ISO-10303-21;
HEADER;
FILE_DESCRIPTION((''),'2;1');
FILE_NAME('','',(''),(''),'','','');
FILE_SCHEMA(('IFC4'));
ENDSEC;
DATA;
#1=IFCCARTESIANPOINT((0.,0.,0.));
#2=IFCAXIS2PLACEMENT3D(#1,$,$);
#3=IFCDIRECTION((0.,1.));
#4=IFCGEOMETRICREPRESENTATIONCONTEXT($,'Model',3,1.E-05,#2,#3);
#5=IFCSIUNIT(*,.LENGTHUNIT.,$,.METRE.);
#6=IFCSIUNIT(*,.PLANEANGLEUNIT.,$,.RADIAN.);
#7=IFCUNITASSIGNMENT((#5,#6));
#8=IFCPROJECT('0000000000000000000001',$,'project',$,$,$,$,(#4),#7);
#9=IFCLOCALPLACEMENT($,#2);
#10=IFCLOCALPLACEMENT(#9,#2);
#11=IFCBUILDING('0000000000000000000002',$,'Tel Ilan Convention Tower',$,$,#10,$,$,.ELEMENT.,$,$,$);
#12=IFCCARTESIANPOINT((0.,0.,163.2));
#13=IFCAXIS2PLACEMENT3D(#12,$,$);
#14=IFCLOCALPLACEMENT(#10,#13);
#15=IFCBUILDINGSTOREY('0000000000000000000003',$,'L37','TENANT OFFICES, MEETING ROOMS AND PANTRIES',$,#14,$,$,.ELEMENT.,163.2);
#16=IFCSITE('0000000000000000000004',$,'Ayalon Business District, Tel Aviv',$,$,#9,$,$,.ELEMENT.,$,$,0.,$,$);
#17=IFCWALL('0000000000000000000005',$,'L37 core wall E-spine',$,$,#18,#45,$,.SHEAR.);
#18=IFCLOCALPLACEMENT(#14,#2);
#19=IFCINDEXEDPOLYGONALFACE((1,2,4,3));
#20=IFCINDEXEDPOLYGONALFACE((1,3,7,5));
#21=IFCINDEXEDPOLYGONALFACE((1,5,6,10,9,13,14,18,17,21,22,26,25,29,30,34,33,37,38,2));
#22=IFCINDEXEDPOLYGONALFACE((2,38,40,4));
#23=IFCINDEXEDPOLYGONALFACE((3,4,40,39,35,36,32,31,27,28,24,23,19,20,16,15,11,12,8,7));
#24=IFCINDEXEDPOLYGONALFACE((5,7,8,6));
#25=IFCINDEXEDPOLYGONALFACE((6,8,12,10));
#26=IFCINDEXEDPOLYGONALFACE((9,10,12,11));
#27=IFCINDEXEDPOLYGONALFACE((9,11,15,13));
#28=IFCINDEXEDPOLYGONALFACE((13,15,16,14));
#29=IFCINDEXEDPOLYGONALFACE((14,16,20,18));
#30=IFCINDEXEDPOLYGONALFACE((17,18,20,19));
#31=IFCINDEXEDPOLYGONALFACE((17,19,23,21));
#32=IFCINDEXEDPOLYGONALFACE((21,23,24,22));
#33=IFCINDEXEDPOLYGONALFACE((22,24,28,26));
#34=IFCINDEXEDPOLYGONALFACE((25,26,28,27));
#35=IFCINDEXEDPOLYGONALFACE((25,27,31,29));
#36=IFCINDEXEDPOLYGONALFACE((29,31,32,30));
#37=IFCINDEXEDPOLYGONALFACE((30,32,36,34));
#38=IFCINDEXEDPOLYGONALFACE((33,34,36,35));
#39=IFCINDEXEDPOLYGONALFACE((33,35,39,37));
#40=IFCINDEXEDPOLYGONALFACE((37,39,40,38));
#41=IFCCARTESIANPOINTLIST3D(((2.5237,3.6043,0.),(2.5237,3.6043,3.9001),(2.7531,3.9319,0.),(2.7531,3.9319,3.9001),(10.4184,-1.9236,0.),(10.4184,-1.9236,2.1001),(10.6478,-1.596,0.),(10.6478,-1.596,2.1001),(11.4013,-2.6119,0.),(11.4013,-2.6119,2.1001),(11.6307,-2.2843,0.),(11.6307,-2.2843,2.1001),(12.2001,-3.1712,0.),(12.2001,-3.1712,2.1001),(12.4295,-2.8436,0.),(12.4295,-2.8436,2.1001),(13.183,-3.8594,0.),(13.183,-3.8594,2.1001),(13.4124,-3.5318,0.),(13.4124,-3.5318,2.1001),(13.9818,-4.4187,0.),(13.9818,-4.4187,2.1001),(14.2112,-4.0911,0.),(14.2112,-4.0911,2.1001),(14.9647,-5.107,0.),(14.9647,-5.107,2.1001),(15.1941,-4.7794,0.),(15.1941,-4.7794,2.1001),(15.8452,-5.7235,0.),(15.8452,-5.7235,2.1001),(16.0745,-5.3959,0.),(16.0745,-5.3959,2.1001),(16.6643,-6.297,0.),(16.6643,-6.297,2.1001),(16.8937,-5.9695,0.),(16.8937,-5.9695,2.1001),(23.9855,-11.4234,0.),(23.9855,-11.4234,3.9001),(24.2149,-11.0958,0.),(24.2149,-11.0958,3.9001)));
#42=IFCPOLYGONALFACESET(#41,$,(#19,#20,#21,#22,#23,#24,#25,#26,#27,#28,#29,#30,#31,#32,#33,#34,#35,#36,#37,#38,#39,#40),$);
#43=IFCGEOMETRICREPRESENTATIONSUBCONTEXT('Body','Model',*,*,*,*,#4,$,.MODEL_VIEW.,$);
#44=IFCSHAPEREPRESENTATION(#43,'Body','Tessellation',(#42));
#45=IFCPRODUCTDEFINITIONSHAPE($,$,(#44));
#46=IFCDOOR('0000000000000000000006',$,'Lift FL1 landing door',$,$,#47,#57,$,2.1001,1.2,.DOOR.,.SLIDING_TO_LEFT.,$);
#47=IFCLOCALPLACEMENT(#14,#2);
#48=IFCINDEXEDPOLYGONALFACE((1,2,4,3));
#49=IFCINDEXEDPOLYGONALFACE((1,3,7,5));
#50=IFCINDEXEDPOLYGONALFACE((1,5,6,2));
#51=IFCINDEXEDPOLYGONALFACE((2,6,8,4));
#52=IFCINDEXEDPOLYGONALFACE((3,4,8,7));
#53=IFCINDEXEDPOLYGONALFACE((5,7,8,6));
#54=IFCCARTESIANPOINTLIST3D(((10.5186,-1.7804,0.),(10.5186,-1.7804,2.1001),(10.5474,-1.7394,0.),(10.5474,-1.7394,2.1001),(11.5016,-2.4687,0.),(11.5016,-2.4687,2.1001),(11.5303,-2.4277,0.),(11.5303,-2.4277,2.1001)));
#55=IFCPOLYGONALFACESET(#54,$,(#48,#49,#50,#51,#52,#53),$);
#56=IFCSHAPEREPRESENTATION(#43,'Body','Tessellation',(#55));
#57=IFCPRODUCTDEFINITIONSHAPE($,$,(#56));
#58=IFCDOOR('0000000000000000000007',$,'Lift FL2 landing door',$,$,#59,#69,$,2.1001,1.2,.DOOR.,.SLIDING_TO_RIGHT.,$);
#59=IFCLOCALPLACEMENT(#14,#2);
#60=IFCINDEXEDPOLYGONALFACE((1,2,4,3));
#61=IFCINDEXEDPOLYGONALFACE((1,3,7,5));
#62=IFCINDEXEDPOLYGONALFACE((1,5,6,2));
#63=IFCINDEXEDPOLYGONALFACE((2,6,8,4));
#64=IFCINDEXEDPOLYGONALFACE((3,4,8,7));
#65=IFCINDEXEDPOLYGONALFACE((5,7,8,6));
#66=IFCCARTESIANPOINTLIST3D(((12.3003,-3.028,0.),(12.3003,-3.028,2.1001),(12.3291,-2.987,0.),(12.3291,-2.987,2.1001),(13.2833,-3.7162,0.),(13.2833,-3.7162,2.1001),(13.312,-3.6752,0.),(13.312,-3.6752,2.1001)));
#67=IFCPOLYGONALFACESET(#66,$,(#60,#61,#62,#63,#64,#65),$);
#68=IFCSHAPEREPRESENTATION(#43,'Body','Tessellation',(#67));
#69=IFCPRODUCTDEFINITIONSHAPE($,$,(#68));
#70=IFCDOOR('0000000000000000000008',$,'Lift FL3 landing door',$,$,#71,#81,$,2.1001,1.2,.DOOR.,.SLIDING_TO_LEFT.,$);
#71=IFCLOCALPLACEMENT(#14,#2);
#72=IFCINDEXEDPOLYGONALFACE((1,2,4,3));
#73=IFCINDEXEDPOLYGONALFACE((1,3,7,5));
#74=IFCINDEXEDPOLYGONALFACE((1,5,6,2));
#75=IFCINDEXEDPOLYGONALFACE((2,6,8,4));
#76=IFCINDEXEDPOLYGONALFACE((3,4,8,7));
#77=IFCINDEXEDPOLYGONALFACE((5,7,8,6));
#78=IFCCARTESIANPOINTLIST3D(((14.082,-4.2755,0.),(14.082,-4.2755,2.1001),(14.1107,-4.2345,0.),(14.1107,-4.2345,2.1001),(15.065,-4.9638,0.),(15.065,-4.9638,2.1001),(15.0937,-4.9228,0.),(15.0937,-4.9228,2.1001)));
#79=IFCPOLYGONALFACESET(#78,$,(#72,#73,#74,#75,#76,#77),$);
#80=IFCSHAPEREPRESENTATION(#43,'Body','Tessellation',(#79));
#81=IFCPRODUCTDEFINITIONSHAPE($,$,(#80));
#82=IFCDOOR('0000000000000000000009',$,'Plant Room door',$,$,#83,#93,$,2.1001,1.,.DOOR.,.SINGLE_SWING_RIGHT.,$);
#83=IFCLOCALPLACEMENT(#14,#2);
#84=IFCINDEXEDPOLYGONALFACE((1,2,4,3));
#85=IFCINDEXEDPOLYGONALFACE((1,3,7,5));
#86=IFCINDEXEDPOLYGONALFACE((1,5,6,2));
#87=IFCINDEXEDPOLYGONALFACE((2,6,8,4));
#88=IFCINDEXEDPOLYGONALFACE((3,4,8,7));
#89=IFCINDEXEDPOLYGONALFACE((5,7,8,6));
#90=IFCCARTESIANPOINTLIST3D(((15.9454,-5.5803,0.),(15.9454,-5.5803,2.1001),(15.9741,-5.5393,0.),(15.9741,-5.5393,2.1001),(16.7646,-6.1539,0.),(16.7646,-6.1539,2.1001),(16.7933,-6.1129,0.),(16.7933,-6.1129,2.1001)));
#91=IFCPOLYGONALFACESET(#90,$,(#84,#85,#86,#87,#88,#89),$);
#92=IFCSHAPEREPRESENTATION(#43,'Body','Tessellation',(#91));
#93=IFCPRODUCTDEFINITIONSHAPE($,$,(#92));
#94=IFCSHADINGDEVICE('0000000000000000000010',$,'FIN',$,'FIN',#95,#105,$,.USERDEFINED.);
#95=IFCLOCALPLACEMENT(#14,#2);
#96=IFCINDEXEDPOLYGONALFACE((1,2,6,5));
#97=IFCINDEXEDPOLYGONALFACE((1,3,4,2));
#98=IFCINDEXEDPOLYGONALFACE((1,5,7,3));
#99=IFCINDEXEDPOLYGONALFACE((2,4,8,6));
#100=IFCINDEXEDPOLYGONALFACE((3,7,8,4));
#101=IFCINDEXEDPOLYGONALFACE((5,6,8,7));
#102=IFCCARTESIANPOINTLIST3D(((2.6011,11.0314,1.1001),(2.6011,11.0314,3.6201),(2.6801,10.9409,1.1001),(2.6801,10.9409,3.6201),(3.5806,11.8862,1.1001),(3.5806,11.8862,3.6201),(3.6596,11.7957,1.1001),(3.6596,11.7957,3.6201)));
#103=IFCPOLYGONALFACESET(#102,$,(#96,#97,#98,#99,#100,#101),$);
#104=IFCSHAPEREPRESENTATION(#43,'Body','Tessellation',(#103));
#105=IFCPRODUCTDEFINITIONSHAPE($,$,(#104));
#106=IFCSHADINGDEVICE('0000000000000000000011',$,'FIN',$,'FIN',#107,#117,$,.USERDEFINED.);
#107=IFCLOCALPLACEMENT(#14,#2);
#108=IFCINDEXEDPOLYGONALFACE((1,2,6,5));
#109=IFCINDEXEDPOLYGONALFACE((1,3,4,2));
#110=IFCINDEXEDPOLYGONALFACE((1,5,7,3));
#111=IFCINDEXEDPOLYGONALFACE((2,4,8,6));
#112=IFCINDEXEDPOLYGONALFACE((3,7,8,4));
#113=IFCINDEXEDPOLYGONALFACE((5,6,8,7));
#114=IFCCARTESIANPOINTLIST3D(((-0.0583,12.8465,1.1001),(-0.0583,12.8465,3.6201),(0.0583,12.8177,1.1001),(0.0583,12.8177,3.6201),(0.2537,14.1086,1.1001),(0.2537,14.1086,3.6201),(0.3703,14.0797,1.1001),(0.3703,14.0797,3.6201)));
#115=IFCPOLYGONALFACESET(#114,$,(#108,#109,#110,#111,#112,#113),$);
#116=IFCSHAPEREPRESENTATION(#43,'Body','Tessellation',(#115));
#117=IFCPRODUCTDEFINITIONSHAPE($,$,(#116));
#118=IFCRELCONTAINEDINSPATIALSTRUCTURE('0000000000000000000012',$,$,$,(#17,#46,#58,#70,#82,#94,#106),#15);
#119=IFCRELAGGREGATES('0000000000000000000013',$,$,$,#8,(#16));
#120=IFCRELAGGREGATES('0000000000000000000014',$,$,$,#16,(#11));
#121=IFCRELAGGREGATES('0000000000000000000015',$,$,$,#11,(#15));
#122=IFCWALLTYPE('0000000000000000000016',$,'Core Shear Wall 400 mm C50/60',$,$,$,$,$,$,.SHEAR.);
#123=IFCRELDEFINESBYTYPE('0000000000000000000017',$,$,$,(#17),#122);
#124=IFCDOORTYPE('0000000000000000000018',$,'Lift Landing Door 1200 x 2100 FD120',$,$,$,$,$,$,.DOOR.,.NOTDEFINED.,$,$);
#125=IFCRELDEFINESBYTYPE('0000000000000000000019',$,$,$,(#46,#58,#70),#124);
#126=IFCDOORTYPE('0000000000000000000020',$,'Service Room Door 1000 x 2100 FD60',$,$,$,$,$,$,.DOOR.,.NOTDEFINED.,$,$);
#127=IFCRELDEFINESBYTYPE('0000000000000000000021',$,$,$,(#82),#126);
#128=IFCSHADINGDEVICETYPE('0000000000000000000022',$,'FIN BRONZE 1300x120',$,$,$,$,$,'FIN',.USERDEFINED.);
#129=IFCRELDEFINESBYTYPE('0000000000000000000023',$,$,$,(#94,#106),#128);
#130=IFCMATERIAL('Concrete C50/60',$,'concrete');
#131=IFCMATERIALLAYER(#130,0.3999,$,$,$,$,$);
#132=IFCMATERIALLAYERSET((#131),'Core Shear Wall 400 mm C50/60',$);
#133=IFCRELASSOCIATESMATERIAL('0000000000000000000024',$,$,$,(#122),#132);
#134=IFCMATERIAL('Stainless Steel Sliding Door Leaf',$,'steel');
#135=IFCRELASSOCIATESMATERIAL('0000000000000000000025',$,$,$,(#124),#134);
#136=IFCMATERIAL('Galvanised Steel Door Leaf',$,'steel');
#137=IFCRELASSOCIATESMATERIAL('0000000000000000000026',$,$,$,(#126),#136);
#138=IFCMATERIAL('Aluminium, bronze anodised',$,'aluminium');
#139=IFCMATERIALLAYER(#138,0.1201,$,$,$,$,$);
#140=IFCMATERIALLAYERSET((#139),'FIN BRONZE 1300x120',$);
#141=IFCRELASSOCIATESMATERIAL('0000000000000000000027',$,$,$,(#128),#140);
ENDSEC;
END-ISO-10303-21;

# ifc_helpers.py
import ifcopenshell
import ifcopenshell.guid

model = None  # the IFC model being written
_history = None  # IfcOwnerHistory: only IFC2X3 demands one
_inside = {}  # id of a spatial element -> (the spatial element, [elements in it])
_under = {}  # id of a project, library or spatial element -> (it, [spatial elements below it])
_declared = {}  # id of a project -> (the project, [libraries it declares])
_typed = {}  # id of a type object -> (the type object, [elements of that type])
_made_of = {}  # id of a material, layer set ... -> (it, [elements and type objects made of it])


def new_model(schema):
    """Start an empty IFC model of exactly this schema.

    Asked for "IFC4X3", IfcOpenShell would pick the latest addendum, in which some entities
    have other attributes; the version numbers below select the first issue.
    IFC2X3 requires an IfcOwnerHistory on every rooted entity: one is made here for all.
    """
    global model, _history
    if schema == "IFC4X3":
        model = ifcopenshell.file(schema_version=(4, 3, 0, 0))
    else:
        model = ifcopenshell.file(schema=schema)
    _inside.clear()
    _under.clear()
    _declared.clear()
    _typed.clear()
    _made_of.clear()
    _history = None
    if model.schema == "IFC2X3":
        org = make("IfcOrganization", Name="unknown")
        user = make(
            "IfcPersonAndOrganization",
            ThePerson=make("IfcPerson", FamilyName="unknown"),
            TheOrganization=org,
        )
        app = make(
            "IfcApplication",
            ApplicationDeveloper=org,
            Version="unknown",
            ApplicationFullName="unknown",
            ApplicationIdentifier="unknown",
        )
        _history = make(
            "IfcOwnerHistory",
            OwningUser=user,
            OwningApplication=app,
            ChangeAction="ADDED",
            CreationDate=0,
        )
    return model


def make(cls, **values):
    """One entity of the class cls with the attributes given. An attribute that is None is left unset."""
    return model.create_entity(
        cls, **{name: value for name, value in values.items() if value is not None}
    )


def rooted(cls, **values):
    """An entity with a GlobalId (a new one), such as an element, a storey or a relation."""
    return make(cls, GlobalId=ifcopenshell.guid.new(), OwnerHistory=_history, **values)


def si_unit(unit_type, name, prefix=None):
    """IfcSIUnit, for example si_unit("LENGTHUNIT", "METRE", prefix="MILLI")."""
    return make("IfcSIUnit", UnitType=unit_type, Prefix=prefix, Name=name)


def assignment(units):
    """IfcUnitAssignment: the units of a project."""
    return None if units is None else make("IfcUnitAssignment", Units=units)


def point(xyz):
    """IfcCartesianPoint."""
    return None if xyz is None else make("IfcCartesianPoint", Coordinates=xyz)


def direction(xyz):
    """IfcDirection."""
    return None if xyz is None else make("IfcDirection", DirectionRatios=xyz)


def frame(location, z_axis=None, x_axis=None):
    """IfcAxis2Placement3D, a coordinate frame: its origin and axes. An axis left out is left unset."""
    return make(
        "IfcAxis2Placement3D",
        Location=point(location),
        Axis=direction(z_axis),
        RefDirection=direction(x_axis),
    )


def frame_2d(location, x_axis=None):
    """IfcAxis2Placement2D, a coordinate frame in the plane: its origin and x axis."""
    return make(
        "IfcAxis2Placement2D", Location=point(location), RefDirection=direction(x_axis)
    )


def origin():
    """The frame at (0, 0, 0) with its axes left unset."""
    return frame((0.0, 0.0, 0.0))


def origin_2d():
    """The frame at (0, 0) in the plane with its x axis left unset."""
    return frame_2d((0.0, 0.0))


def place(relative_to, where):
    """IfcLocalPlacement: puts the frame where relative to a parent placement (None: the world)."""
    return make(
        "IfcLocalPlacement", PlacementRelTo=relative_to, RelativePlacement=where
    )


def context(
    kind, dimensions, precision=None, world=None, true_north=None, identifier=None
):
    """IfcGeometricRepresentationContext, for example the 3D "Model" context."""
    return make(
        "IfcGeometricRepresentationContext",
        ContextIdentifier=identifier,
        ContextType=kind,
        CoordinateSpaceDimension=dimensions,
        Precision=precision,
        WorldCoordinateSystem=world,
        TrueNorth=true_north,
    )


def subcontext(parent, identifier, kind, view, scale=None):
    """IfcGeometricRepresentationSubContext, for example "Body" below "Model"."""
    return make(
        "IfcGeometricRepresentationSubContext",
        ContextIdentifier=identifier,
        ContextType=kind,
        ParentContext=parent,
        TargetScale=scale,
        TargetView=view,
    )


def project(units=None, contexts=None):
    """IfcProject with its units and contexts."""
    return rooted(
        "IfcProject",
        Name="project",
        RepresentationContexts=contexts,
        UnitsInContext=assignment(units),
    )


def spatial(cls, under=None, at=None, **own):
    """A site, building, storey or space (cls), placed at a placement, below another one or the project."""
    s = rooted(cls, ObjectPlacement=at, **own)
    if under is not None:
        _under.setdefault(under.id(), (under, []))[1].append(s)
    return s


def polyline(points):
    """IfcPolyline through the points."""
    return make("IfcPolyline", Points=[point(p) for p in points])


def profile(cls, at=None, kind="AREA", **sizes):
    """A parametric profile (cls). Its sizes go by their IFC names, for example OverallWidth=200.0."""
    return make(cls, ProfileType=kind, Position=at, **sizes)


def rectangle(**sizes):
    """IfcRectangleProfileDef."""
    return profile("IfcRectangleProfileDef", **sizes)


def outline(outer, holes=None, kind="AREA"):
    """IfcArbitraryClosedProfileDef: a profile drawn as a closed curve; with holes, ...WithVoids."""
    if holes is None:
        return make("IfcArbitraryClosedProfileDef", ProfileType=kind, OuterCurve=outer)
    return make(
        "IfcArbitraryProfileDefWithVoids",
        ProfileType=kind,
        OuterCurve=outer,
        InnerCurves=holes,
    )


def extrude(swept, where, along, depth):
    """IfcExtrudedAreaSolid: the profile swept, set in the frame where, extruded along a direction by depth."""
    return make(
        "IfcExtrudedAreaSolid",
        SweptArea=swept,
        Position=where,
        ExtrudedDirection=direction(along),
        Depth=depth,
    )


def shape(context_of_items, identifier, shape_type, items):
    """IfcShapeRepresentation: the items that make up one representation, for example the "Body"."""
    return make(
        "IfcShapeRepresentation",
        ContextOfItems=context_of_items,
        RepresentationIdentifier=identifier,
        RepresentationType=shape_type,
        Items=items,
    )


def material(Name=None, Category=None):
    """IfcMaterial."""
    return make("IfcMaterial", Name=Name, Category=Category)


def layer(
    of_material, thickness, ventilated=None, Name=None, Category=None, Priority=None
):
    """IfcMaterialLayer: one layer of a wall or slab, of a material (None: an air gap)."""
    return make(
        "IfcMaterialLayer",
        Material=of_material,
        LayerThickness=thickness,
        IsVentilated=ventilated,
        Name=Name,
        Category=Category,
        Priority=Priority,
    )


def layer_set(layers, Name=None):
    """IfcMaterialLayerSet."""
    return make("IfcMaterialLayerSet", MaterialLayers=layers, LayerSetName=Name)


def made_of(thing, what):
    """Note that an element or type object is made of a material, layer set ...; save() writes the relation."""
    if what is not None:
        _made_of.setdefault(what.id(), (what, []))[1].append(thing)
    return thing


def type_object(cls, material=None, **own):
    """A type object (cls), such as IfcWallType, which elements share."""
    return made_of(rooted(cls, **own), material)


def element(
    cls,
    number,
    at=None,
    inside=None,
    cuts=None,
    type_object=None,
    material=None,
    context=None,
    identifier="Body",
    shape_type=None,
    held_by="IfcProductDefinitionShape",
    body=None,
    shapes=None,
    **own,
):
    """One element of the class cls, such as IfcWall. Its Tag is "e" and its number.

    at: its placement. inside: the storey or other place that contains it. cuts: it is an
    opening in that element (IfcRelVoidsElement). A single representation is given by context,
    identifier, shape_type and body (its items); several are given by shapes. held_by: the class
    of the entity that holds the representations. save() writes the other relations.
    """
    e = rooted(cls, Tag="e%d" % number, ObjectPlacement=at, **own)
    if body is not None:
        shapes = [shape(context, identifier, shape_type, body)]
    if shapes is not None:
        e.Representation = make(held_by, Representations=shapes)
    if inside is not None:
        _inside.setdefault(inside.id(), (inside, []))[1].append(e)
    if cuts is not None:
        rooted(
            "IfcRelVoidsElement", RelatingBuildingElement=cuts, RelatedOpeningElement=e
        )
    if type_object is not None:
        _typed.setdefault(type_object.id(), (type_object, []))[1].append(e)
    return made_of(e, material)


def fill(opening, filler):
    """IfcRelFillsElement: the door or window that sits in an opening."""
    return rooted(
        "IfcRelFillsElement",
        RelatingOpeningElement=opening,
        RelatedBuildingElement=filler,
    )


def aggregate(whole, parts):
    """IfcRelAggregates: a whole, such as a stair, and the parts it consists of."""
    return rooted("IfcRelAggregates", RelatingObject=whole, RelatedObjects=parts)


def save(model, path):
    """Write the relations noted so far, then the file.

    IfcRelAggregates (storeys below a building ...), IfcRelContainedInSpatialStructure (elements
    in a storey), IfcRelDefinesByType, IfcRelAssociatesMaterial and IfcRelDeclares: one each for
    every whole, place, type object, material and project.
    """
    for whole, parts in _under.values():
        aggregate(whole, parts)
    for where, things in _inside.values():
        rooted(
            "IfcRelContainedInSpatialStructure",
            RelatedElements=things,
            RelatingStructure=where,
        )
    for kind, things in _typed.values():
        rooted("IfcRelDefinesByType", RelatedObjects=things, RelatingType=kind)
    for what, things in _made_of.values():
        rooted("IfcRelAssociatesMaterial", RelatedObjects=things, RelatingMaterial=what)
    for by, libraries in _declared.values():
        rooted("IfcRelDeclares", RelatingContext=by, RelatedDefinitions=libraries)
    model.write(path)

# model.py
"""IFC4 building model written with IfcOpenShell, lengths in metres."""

from ifc_helpers import new_model, si_unit, direction, frame, frame_2d, origin, origin_2d, place, context, subcontext, project, spatial, polyline, rectangle, outline, extrude, material, layer, layer_set, type_object, element, fill, save


model = new_model("IFC4")

# Units and contexts
model_context = context("Model", 3, precision=1e-05, world=origin(), true_north=direction((0.0, 1.0)))
body_context = subcontext(model_context, "Body", "Model", "MODEL_VIEW")
ifc_project = project(units=[si_unit("LENGTHUNIT", "METRE"), si_unit("PLANEANGLEUNIT", "RADIAN")], contexts=[model_context])

# Site, building, storey
site_placement = place(None, origin())
site = spatial("IfcSite", under=ifc_project, at=site_placement, Name="Ayalon Business District, Tel Aviv", CompositionType="ELEMENT", RefElevation=0.0)
building_placement = place(site_placement, origin())
building = spatial("IfcBuilding", under=site, at=building_placement, Name="Tel Ilan Convention Tower", CompositionType="ELEMENT")
storey_placement = place(building_placement, frame((0.0, 0.0, 163.2)))
storey = spatial("IfcBuildingStorey", under=building, at=storey_placement, Name="L37", Description="TENANT OFFICES, MEETING ROOMS AND PANTRIES", CompositionType="ELEMENT", Elevation=163.2)

# Wall, openings, doors
ifc_material_1 = material(Name="Concrete C50/60", Category="concrete")
ifc_layer_1 = layer(ifc_material_1, 0.3999)
ifc_layer_set_1 = layer_set([ifc_layer_1], Name="Core Shear Wall 400 mm C50/60")
wall_type_1 = type_object("IfcWallType", Name="Core Shear Wall 400 mm C50/60", PredefinedType="SHEAR", material=ifc_layer_set_1)
wall_1_placement = place(storey_placement, frame((2.6384, 3.7681, 0.0), z_axis=(0.0, 0.0, 1.0), x_axis=(0.819153, -0.573576, 0.0)))
wall_1 = element("IfcWall", 1, at=wall_1_placement, inside=storey, type_object=wall_type_1, Name="L37 core wall E-spine", PredefinedType="SHEAR", context=body_context, shape_type="SweptSolid", body=[
    extrude(outline(polyline([(0.0, 0.2), (0.0, -0.2), (26.2, -0.2), (26.2, 0.2), (0.0, 0.2)])), origin(), (0.0, 0.0, 1.0), 3.9001),
])
opening_1_placement = place(wall_1_placement, frame((9.6375, 0.0, 0.0)))
opening_1 = element("IfcOpeningElement", 2, at=opening_1_placement, cuts=wall_1, PredefinedType="OPENING", context=body_context, shape_type="SweptSolid", body=[
    extrude(rectangle(XDim=1.2, YDim=2.1001, at=frame_2d((0.6001, 1.05))), frame((0.0, 0.21, 0.0), z_axis=(0.0, -1.0, 0.0), x_axis=(1.0, 0.0, 0.0)), (0.0, 0.0, 1.0), 0.4199),
])
opening_2_placement = place(wall_1_placement, frame((11.8125, 0.0, 0.0)))
opening_2 = element("IfcOpeningElement", 3, at=opening_2_placement, cuts=wall_1, PredefinedType="OPENING", context=body_context, shape_type="SweptSolid", body=[
    extrude(rectangle(XDim=1.2, YDim=2.1001, at=frame_2d((0.6001, 1.05))), frame((0.0, 0.21, 0.0), z_axis=(0.0, -1.0, 0.0), x_axis=(1.0, 0.0, 0.0)), (0.0, 0.0, 1.0), 0.4199),
])
opening_3_placement = place(wall_1_placement, frame((13.9875, 0.0, 0.0)))
opening_3 = element("IfcOpeningElement", 4, at=opening_3_placement, cuts=wall_1, PredefinedType="OPENING", context=body_context, shape_type="SweptSolid", body=[
    extrude(rectangle(XDim=1.2, YDim=2.1001, at=frame_2d((0.6001, 1.05))), frame((0.0, 0.21, 0.0), z_axis=(0.0, -1.0, 0.0), x_axis=(1.0, 0.0, 0.0)), (0.0, 0.0, 1.0), 0.4199),
])
opening_4_placement = place(wall_1_placement, frame((16.2625, 0.0, 0.0)))
opening_4 = element("IfcOpeningElement", 5, at=opening_4_placement, cuts=wall_1, PredefinedType="OPENING", context=body_context, shape_type="SweptSolid", body=[
    extrude(rectangle(XDim=1.0, YDim=2.1001, at=frame_2d((0.5, 1.05))), frame((0.0, 0.21, 0.0), z_axis=(0.0, -1.0, 0.0), x_axis=(1.0, 0.0, 0.0)), (0.0, 0.0, 1.0), 0.4199),
])
ifc_material_2 = material(Name="Stainless Steel Sliding Door Leaf", Category="steel")
door_type_1 = type_object("IfcDoorType", Name="Lift Landing Door 1200 x 2100 FD120", OperationType="NOTDEFINED", PredefinedType="DOOR", material=ifc_material_2)
door_1_placement = place(opening_1_placement, origin())
door_1 = element("IfcDoor", 6, at=door_1_placement, inside=storey, type_object=door_type_1, Name="Lift FL1 landing door", OperationType="SLIDING_TO_LEFT", OverallHeight=2.1001, OverallWidth=1.2, PredefinedType="DOOR", context=body_context, shape_type="SweptSolid", body=[
    extrude(rectangle(XDim=1.2, YDim=2.1001, at=frame_2d((0.6001, 1.05))), frame((0.0, 0.0249, 0.0), z_axis=(0.0, -1.0, 0.0), x_axis=(1.0, 0.0, 0.0)), (0.0, 0.0, 1.0), 0.05),
])
fill(opening_1, door_1)
door_2_placement = place(opening_2_placement, origin())
door_2 = element("IfcDoor", 7, at=door_2_placement, inside=storey, type_object=door_type_1, Name="Lift FL2 landing door", OperationType="SLIDING_TO_RIGHT", OverallHeight=2.1001, OverallWidth=1.2, PredefinedType="DOOR", context=body_context, shape_type="SweptSolid", body=[
    extrude(rectangle(XDim=1.2, YDim=2.1001, at=frame_2d((0.6001, 1.05))), frame((0.0, 0.0249, 0.0), z_axis=(0.0, -1.0, 0.0), x_axis=(1.0, 0.0, 0.0)), (0.0, 0.0, 1.0), 0.05),
])
fill(opening_2, door_2)
door_3_placement = place(opening_3_placement, origin())
door_3 = element("IfcDoor", 8, at=door_3_placement, inside=storey, type_object=door_type_1, Name="Lift FL3 landing door", OperationType="SLIDING_TO_LEFT", OverallHeight=2.1001, OverallWidth=1.2, PredefinedType="DOOR", context=body_context, shape_type="SweptSolid", body=[
    extrude(rectangle(XDim=1.2, YDim=2.1001, at=frame_2d((0.6001, 1.05))), frame((0.0, 0.0249, 0.0), z_axis=(0.0, -1.0, 0.0), x_axis=(1.0, 0.0, 0.0)), (0.0, 0.0, 1.0), 0.05),
])
fill(opening_3, door_3)
ifc_material_3 = material(Name="Galvanised Steel Door Leaf", Category="steel")
door_type_2 = type_object("IfcDoorType", Name="Service Room Door 1000 x 2100 FD60", OperationType="NOTDEFINED", PredefinedType="DOOR", material=ifc_material_3)
door_4_placement = place(opening_4_placement, origin())
door_4 = element("IfcDoor", 9, at=door_4_placement, inside=storey, type_object=door_type_2, Name="Plant Room door", OperationType="SINGLE_SWING_RIGHT", OverallHeight=2.1001, OverallWidth=1.0, PredefinedType="DOOR", context=body_context, shape_type="SweptSolid", body=[
    extrude(rectangle(XDim=1.0, YDim=2.1001, at=frame_2d((0.5, 1.05))), frame((0.0, 0.0249, 0.0), z_axis=(0.0, -1.0, 0.0), x_axis=(1.0, 0.0, 0.0)), (0.0, 0.0, 1.0), 0.05),
])
fill(opening_4, door_4)

# Shading devices
ifc_material_4 = material(Name="Aluminium, bronze anodised", Category="aluminium")
ifc_layer_2 = layer(ifc_material_4, 0.1201)
ifc_layer_set_2 = layer_set([ifc_layer_2], Name="FIN BRONZE 1300x120")
shading_device_type_1 = type_object("IfcShadingDeviceType", Name="FIN BRONZE 1300x120", ElementType="FIN", PredefinedType="USERDEFINED", material=ifc_layer_set_2)
for number, where, z_axis, x_axis, name in (
    (10, (3.1304, 11.4136, 1.1001), (0.0, 0.0, 1.0), (0.753436, 0.657521, 0.0), "FIN"),
    (11, (0.156, 13.4631, 1.1001), (0.0, 0.0, 1.0), (0.24004, 0.970763, 0.0), "FIN"),
):
    element("IfcShadingDevice", number, at=place(storey_placement, frame(where, z_axis=z_axis, x_axis=x_axis)), inside=storey, type_object=shading_device_type_1, Name=name, ObjectType="FIN", PredefinedType="USERDEFINED", context=body_context, shape_type="SweptSolid", body=[
        extrude(rectangle(XDim=1.3, YDim=0.1201, at=origin_2d()), origin(), (0.0, 0.0, 1.0), 2.52),
    ])

save(model, "model.ifc")
